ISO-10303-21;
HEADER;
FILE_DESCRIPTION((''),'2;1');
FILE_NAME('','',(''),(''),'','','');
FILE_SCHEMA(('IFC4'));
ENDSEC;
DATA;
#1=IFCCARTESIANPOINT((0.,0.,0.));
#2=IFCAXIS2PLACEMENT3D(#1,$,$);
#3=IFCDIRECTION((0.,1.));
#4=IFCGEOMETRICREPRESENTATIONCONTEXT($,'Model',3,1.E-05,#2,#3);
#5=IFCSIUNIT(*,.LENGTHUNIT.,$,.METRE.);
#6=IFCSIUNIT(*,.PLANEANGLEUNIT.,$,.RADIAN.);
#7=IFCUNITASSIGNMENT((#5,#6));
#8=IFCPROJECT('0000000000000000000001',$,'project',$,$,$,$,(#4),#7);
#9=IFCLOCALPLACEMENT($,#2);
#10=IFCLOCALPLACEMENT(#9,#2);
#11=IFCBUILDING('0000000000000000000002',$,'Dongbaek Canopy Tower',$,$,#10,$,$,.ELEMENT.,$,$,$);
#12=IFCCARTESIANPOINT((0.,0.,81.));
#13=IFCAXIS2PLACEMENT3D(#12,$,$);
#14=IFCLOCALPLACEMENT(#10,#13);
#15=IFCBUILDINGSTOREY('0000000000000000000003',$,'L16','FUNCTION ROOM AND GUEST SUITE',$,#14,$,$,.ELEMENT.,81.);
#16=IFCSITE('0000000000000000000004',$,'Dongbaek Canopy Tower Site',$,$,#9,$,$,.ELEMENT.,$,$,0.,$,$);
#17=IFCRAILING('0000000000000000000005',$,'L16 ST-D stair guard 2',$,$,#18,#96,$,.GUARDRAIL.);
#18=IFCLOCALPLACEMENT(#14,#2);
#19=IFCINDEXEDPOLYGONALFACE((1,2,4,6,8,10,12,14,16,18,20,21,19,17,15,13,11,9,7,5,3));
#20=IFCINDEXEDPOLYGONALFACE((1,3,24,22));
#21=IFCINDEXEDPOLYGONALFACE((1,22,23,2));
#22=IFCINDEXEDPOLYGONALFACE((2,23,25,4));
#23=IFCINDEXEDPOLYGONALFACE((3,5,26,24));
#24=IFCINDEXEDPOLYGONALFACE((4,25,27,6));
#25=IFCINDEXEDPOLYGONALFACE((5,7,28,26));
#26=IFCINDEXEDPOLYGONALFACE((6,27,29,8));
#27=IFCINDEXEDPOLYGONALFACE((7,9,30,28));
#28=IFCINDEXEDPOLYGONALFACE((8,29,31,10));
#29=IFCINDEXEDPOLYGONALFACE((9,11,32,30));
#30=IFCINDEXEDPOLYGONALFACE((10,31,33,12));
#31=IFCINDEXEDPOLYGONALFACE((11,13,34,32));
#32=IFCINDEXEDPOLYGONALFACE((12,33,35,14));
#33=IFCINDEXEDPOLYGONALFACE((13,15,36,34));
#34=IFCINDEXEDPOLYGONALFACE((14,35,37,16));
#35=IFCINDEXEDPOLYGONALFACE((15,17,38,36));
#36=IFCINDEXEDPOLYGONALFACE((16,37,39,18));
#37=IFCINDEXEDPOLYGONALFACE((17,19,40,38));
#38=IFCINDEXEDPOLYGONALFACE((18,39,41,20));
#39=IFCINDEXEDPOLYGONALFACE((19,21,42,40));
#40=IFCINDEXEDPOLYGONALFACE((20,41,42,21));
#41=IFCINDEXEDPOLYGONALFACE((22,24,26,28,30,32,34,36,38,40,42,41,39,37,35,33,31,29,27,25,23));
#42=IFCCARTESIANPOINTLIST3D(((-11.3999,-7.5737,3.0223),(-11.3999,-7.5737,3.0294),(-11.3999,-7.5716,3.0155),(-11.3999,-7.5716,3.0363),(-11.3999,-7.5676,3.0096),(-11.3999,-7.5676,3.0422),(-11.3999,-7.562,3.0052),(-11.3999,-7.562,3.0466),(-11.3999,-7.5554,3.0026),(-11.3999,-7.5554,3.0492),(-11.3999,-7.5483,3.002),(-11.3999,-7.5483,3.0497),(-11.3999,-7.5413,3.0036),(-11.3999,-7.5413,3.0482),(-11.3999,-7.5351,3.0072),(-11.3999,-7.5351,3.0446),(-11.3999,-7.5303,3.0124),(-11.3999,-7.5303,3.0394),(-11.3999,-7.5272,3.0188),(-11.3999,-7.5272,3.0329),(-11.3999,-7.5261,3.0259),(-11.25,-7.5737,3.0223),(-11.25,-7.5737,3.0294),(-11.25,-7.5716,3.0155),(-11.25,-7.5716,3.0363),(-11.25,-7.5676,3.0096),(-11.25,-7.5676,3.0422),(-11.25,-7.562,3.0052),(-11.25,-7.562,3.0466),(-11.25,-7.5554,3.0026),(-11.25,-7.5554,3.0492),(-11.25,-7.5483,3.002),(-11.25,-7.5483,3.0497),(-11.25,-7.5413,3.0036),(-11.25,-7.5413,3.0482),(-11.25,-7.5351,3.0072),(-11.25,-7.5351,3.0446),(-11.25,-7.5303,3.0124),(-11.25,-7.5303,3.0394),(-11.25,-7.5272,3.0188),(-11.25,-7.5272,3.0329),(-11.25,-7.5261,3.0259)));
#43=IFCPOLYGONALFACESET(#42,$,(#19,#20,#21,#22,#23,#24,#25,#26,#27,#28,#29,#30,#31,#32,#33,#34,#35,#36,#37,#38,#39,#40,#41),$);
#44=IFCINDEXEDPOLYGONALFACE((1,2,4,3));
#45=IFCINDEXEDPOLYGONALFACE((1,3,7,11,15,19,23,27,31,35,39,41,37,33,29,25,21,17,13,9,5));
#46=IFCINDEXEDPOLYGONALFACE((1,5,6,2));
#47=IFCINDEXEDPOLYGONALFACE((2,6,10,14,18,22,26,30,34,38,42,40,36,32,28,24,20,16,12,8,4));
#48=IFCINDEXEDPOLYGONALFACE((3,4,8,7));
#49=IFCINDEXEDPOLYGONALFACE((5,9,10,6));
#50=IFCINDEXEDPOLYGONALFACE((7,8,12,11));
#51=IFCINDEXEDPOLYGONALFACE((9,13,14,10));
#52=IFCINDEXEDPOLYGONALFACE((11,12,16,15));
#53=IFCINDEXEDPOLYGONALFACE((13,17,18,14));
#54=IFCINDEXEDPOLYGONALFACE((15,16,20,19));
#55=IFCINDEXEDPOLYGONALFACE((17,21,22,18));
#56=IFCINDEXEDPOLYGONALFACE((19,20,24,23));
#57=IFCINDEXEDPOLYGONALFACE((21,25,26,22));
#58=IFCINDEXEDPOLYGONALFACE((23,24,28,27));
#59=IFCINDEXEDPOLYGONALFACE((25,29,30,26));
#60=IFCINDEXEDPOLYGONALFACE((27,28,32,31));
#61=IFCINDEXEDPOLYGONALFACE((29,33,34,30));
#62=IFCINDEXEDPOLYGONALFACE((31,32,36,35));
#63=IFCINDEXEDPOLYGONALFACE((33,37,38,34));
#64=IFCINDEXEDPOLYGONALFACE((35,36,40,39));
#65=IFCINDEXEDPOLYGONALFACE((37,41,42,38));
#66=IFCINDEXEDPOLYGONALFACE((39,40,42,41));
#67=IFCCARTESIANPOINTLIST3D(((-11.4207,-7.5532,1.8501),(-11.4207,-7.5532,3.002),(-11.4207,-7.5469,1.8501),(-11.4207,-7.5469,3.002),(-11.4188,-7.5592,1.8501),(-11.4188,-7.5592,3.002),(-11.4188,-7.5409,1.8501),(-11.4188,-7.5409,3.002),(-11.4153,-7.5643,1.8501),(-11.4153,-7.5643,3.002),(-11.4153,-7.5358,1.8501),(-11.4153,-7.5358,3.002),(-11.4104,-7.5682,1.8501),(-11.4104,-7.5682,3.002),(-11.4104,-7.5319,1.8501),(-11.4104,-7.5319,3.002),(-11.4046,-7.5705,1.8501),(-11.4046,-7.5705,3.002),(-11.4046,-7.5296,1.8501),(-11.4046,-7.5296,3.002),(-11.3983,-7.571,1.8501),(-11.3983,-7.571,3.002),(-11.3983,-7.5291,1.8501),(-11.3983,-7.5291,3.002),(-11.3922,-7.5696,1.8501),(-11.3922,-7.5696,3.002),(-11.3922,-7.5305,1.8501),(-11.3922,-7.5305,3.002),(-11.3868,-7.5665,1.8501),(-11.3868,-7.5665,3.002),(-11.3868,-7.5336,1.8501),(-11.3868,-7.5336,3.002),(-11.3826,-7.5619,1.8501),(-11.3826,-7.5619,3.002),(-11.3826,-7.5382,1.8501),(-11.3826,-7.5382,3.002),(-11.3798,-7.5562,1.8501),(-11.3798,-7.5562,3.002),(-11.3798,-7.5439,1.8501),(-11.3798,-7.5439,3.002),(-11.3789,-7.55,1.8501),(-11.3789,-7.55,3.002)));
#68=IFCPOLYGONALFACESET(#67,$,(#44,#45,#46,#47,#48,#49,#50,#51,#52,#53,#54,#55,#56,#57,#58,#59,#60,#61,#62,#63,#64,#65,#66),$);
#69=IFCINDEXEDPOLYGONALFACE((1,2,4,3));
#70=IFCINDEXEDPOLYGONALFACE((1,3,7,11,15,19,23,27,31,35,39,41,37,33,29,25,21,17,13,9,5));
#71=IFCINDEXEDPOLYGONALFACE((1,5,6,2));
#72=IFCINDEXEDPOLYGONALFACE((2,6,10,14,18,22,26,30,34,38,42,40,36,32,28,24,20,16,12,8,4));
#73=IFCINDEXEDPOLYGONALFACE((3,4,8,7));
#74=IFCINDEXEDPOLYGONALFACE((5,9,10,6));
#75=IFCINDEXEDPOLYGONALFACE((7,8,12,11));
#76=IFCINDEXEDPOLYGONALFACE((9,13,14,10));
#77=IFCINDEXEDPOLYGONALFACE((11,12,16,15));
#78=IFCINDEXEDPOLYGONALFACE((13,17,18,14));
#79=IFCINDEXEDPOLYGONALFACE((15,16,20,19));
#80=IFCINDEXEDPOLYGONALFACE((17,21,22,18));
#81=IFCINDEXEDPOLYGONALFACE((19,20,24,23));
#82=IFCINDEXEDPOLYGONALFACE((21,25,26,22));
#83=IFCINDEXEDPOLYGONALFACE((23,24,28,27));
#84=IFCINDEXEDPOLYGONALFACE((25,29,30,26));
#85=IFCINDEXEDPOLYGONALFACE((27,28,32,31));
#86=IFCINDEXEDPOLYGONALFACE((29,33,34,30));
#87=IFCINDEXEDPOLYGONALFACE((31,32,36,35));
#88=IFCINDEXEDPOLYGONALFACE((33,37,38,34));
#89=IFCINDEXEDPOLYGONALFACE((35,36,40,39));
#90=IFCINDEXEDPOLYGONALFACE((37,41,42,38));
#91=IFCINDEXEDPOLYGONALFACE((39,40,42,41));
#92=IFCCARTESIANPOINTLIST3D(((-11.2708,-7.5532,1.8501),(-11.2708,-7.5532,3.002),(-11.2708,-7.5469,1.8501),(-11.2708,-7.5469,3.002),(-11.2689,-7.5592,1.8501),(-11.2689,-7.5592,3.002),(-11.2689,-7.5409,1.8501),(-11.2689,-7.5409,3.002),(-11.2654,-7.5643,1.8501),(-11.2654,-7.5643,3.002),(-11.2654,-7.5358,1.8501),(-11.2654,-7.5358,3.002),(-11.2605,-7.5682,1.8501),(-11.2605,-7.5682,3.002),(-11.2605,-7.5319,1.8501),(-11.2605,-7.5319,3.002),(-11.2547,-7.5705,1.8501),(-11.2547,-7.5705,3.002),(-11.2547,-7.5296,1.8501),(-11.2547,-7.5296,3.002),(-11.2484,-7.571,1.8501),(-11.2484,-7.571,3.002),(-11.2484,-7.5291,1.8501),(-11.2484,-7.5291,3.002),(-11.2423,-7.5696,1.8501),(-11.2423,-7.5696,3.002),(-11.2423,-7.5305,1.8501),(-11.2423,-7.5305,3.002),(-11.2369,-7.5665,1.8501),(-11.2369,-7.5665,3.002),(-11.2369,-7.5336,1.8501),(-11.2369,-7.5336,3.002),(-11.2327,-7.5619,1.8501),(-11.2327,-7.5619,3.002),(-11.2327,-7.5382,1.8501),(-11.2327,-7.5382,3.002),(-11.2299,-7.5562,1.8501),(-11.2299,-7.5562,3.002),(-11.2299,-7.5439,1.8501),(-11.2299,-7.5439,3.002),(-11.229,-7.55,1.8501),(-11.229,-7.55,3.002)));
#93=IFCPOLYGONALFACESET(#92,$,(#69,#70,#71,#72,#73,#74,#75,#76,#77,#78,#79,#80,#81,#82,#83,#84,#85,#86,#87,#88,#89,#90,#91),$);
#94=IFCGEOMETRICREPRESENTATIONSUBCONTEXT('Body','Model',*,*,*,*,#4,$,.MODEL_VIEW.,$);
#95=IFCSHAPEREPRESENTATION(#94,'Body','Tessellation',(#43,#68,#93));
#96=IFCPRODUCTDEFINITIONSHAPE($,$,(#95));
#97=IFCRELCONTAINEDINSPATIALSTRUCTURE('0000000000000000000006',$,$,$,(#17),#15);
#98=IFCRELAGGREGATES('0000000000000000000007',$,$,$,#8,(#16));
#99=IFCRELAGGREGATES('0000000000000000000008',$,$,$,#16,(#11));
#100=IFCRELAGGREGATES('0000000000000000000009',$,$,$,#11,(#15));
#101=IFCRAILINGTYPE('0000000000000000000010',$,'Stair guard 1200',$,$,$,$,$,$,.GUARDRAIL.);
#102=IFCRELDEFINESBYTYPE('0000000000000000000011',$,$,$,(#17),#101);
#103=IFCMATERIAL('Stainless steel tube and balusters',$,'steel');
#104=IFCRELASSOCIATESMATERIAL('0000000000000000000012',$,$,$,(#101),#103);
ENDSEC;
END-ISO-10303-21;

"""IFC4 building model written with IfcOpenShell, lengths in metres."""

from ifc_helpers import new_model, si_unit, direction, frame, origin, origin_2d, place, context, subcontext, project, spatial, circle, extrude, material, type_object, element, save


model = new_model("IFC4")

# Units and contexts
model_context = context("Model", 3, precision=1e-05, world=origin(), true_north=direction((0.0, 1.0)))
body_context = subcontext(model_context, "Body", "Model", "MODEL_VIEW")
ifc_project = project(units=[si_unit("LENGTHUNIT", "METRE"), si_unit("PLANEANGLEUNIT", "RADIAN")], contexts=[model_context])

# Site, building, storey
site_placement = place(None, origin())
site = spatial("IfcSite", under=ifc_project, at=site_placement, Name="Dongbaek Canopy Tower Site", CompositionType="ELEMENT", RefElevation=0.0)
building_placement = place(site_placement, origin())
building = spatial("IfcBuilding", under=site, at=building_placement, Name="Dongbaek Canopy Tower", CompositionType="ELEMENT")
storey_placement = place(building_placement, frame((0.0, 0.0, 81.0)))
storey = spatial("IfcBuildingStorey", under=building, at=storey_placement, Name="L16", Description="FUNCTION ROOM AND GUEST SUITE", CompositionType="ELEMENT", Elevation=81.0)

# Railing
ifc_material_1 = material(Name="Stainless steel tube and balusters", Category="steel")
railing_type_1 = type_object("IfcRailingType", Name="Stair guard 1200", PredefinedType="GUARDRAIL", material=ifc_material_1)
railing_1_placement = place(storey_placement, frame((-11.3999, -7.55, 1.8501)))
element("IfcRailing", 1, at=railing_1_placement, inside=storey, type_object=railing_type_1, Name="L16 ST-D stair guard 2", PredefinedType="GUARDRAIL", context=body_context, shape_type="SweptSolid", body=[
    extrude(circle(Radius=0.0239, at=origin_2d()), frame((0.0, 0.0, 1.1758), z_axis=(1.0, 0.0, 0.0), x_axis=(0.0, 1.0, 0.0)), (0.0, 0.0, 1.0), 0.1499),
    extrude(circle(Radius=0.021, at=origin_2d()), origin(), (0.0, 0.0, 1.0), 1.1519),
    extrude(circle(Radius=0.021, at=origin_2d()), frame((0.1499, 0.0, 0.0)), (0.0, 0.0, 1.0), 1.1519),
])

save(model, "model.ifc")
